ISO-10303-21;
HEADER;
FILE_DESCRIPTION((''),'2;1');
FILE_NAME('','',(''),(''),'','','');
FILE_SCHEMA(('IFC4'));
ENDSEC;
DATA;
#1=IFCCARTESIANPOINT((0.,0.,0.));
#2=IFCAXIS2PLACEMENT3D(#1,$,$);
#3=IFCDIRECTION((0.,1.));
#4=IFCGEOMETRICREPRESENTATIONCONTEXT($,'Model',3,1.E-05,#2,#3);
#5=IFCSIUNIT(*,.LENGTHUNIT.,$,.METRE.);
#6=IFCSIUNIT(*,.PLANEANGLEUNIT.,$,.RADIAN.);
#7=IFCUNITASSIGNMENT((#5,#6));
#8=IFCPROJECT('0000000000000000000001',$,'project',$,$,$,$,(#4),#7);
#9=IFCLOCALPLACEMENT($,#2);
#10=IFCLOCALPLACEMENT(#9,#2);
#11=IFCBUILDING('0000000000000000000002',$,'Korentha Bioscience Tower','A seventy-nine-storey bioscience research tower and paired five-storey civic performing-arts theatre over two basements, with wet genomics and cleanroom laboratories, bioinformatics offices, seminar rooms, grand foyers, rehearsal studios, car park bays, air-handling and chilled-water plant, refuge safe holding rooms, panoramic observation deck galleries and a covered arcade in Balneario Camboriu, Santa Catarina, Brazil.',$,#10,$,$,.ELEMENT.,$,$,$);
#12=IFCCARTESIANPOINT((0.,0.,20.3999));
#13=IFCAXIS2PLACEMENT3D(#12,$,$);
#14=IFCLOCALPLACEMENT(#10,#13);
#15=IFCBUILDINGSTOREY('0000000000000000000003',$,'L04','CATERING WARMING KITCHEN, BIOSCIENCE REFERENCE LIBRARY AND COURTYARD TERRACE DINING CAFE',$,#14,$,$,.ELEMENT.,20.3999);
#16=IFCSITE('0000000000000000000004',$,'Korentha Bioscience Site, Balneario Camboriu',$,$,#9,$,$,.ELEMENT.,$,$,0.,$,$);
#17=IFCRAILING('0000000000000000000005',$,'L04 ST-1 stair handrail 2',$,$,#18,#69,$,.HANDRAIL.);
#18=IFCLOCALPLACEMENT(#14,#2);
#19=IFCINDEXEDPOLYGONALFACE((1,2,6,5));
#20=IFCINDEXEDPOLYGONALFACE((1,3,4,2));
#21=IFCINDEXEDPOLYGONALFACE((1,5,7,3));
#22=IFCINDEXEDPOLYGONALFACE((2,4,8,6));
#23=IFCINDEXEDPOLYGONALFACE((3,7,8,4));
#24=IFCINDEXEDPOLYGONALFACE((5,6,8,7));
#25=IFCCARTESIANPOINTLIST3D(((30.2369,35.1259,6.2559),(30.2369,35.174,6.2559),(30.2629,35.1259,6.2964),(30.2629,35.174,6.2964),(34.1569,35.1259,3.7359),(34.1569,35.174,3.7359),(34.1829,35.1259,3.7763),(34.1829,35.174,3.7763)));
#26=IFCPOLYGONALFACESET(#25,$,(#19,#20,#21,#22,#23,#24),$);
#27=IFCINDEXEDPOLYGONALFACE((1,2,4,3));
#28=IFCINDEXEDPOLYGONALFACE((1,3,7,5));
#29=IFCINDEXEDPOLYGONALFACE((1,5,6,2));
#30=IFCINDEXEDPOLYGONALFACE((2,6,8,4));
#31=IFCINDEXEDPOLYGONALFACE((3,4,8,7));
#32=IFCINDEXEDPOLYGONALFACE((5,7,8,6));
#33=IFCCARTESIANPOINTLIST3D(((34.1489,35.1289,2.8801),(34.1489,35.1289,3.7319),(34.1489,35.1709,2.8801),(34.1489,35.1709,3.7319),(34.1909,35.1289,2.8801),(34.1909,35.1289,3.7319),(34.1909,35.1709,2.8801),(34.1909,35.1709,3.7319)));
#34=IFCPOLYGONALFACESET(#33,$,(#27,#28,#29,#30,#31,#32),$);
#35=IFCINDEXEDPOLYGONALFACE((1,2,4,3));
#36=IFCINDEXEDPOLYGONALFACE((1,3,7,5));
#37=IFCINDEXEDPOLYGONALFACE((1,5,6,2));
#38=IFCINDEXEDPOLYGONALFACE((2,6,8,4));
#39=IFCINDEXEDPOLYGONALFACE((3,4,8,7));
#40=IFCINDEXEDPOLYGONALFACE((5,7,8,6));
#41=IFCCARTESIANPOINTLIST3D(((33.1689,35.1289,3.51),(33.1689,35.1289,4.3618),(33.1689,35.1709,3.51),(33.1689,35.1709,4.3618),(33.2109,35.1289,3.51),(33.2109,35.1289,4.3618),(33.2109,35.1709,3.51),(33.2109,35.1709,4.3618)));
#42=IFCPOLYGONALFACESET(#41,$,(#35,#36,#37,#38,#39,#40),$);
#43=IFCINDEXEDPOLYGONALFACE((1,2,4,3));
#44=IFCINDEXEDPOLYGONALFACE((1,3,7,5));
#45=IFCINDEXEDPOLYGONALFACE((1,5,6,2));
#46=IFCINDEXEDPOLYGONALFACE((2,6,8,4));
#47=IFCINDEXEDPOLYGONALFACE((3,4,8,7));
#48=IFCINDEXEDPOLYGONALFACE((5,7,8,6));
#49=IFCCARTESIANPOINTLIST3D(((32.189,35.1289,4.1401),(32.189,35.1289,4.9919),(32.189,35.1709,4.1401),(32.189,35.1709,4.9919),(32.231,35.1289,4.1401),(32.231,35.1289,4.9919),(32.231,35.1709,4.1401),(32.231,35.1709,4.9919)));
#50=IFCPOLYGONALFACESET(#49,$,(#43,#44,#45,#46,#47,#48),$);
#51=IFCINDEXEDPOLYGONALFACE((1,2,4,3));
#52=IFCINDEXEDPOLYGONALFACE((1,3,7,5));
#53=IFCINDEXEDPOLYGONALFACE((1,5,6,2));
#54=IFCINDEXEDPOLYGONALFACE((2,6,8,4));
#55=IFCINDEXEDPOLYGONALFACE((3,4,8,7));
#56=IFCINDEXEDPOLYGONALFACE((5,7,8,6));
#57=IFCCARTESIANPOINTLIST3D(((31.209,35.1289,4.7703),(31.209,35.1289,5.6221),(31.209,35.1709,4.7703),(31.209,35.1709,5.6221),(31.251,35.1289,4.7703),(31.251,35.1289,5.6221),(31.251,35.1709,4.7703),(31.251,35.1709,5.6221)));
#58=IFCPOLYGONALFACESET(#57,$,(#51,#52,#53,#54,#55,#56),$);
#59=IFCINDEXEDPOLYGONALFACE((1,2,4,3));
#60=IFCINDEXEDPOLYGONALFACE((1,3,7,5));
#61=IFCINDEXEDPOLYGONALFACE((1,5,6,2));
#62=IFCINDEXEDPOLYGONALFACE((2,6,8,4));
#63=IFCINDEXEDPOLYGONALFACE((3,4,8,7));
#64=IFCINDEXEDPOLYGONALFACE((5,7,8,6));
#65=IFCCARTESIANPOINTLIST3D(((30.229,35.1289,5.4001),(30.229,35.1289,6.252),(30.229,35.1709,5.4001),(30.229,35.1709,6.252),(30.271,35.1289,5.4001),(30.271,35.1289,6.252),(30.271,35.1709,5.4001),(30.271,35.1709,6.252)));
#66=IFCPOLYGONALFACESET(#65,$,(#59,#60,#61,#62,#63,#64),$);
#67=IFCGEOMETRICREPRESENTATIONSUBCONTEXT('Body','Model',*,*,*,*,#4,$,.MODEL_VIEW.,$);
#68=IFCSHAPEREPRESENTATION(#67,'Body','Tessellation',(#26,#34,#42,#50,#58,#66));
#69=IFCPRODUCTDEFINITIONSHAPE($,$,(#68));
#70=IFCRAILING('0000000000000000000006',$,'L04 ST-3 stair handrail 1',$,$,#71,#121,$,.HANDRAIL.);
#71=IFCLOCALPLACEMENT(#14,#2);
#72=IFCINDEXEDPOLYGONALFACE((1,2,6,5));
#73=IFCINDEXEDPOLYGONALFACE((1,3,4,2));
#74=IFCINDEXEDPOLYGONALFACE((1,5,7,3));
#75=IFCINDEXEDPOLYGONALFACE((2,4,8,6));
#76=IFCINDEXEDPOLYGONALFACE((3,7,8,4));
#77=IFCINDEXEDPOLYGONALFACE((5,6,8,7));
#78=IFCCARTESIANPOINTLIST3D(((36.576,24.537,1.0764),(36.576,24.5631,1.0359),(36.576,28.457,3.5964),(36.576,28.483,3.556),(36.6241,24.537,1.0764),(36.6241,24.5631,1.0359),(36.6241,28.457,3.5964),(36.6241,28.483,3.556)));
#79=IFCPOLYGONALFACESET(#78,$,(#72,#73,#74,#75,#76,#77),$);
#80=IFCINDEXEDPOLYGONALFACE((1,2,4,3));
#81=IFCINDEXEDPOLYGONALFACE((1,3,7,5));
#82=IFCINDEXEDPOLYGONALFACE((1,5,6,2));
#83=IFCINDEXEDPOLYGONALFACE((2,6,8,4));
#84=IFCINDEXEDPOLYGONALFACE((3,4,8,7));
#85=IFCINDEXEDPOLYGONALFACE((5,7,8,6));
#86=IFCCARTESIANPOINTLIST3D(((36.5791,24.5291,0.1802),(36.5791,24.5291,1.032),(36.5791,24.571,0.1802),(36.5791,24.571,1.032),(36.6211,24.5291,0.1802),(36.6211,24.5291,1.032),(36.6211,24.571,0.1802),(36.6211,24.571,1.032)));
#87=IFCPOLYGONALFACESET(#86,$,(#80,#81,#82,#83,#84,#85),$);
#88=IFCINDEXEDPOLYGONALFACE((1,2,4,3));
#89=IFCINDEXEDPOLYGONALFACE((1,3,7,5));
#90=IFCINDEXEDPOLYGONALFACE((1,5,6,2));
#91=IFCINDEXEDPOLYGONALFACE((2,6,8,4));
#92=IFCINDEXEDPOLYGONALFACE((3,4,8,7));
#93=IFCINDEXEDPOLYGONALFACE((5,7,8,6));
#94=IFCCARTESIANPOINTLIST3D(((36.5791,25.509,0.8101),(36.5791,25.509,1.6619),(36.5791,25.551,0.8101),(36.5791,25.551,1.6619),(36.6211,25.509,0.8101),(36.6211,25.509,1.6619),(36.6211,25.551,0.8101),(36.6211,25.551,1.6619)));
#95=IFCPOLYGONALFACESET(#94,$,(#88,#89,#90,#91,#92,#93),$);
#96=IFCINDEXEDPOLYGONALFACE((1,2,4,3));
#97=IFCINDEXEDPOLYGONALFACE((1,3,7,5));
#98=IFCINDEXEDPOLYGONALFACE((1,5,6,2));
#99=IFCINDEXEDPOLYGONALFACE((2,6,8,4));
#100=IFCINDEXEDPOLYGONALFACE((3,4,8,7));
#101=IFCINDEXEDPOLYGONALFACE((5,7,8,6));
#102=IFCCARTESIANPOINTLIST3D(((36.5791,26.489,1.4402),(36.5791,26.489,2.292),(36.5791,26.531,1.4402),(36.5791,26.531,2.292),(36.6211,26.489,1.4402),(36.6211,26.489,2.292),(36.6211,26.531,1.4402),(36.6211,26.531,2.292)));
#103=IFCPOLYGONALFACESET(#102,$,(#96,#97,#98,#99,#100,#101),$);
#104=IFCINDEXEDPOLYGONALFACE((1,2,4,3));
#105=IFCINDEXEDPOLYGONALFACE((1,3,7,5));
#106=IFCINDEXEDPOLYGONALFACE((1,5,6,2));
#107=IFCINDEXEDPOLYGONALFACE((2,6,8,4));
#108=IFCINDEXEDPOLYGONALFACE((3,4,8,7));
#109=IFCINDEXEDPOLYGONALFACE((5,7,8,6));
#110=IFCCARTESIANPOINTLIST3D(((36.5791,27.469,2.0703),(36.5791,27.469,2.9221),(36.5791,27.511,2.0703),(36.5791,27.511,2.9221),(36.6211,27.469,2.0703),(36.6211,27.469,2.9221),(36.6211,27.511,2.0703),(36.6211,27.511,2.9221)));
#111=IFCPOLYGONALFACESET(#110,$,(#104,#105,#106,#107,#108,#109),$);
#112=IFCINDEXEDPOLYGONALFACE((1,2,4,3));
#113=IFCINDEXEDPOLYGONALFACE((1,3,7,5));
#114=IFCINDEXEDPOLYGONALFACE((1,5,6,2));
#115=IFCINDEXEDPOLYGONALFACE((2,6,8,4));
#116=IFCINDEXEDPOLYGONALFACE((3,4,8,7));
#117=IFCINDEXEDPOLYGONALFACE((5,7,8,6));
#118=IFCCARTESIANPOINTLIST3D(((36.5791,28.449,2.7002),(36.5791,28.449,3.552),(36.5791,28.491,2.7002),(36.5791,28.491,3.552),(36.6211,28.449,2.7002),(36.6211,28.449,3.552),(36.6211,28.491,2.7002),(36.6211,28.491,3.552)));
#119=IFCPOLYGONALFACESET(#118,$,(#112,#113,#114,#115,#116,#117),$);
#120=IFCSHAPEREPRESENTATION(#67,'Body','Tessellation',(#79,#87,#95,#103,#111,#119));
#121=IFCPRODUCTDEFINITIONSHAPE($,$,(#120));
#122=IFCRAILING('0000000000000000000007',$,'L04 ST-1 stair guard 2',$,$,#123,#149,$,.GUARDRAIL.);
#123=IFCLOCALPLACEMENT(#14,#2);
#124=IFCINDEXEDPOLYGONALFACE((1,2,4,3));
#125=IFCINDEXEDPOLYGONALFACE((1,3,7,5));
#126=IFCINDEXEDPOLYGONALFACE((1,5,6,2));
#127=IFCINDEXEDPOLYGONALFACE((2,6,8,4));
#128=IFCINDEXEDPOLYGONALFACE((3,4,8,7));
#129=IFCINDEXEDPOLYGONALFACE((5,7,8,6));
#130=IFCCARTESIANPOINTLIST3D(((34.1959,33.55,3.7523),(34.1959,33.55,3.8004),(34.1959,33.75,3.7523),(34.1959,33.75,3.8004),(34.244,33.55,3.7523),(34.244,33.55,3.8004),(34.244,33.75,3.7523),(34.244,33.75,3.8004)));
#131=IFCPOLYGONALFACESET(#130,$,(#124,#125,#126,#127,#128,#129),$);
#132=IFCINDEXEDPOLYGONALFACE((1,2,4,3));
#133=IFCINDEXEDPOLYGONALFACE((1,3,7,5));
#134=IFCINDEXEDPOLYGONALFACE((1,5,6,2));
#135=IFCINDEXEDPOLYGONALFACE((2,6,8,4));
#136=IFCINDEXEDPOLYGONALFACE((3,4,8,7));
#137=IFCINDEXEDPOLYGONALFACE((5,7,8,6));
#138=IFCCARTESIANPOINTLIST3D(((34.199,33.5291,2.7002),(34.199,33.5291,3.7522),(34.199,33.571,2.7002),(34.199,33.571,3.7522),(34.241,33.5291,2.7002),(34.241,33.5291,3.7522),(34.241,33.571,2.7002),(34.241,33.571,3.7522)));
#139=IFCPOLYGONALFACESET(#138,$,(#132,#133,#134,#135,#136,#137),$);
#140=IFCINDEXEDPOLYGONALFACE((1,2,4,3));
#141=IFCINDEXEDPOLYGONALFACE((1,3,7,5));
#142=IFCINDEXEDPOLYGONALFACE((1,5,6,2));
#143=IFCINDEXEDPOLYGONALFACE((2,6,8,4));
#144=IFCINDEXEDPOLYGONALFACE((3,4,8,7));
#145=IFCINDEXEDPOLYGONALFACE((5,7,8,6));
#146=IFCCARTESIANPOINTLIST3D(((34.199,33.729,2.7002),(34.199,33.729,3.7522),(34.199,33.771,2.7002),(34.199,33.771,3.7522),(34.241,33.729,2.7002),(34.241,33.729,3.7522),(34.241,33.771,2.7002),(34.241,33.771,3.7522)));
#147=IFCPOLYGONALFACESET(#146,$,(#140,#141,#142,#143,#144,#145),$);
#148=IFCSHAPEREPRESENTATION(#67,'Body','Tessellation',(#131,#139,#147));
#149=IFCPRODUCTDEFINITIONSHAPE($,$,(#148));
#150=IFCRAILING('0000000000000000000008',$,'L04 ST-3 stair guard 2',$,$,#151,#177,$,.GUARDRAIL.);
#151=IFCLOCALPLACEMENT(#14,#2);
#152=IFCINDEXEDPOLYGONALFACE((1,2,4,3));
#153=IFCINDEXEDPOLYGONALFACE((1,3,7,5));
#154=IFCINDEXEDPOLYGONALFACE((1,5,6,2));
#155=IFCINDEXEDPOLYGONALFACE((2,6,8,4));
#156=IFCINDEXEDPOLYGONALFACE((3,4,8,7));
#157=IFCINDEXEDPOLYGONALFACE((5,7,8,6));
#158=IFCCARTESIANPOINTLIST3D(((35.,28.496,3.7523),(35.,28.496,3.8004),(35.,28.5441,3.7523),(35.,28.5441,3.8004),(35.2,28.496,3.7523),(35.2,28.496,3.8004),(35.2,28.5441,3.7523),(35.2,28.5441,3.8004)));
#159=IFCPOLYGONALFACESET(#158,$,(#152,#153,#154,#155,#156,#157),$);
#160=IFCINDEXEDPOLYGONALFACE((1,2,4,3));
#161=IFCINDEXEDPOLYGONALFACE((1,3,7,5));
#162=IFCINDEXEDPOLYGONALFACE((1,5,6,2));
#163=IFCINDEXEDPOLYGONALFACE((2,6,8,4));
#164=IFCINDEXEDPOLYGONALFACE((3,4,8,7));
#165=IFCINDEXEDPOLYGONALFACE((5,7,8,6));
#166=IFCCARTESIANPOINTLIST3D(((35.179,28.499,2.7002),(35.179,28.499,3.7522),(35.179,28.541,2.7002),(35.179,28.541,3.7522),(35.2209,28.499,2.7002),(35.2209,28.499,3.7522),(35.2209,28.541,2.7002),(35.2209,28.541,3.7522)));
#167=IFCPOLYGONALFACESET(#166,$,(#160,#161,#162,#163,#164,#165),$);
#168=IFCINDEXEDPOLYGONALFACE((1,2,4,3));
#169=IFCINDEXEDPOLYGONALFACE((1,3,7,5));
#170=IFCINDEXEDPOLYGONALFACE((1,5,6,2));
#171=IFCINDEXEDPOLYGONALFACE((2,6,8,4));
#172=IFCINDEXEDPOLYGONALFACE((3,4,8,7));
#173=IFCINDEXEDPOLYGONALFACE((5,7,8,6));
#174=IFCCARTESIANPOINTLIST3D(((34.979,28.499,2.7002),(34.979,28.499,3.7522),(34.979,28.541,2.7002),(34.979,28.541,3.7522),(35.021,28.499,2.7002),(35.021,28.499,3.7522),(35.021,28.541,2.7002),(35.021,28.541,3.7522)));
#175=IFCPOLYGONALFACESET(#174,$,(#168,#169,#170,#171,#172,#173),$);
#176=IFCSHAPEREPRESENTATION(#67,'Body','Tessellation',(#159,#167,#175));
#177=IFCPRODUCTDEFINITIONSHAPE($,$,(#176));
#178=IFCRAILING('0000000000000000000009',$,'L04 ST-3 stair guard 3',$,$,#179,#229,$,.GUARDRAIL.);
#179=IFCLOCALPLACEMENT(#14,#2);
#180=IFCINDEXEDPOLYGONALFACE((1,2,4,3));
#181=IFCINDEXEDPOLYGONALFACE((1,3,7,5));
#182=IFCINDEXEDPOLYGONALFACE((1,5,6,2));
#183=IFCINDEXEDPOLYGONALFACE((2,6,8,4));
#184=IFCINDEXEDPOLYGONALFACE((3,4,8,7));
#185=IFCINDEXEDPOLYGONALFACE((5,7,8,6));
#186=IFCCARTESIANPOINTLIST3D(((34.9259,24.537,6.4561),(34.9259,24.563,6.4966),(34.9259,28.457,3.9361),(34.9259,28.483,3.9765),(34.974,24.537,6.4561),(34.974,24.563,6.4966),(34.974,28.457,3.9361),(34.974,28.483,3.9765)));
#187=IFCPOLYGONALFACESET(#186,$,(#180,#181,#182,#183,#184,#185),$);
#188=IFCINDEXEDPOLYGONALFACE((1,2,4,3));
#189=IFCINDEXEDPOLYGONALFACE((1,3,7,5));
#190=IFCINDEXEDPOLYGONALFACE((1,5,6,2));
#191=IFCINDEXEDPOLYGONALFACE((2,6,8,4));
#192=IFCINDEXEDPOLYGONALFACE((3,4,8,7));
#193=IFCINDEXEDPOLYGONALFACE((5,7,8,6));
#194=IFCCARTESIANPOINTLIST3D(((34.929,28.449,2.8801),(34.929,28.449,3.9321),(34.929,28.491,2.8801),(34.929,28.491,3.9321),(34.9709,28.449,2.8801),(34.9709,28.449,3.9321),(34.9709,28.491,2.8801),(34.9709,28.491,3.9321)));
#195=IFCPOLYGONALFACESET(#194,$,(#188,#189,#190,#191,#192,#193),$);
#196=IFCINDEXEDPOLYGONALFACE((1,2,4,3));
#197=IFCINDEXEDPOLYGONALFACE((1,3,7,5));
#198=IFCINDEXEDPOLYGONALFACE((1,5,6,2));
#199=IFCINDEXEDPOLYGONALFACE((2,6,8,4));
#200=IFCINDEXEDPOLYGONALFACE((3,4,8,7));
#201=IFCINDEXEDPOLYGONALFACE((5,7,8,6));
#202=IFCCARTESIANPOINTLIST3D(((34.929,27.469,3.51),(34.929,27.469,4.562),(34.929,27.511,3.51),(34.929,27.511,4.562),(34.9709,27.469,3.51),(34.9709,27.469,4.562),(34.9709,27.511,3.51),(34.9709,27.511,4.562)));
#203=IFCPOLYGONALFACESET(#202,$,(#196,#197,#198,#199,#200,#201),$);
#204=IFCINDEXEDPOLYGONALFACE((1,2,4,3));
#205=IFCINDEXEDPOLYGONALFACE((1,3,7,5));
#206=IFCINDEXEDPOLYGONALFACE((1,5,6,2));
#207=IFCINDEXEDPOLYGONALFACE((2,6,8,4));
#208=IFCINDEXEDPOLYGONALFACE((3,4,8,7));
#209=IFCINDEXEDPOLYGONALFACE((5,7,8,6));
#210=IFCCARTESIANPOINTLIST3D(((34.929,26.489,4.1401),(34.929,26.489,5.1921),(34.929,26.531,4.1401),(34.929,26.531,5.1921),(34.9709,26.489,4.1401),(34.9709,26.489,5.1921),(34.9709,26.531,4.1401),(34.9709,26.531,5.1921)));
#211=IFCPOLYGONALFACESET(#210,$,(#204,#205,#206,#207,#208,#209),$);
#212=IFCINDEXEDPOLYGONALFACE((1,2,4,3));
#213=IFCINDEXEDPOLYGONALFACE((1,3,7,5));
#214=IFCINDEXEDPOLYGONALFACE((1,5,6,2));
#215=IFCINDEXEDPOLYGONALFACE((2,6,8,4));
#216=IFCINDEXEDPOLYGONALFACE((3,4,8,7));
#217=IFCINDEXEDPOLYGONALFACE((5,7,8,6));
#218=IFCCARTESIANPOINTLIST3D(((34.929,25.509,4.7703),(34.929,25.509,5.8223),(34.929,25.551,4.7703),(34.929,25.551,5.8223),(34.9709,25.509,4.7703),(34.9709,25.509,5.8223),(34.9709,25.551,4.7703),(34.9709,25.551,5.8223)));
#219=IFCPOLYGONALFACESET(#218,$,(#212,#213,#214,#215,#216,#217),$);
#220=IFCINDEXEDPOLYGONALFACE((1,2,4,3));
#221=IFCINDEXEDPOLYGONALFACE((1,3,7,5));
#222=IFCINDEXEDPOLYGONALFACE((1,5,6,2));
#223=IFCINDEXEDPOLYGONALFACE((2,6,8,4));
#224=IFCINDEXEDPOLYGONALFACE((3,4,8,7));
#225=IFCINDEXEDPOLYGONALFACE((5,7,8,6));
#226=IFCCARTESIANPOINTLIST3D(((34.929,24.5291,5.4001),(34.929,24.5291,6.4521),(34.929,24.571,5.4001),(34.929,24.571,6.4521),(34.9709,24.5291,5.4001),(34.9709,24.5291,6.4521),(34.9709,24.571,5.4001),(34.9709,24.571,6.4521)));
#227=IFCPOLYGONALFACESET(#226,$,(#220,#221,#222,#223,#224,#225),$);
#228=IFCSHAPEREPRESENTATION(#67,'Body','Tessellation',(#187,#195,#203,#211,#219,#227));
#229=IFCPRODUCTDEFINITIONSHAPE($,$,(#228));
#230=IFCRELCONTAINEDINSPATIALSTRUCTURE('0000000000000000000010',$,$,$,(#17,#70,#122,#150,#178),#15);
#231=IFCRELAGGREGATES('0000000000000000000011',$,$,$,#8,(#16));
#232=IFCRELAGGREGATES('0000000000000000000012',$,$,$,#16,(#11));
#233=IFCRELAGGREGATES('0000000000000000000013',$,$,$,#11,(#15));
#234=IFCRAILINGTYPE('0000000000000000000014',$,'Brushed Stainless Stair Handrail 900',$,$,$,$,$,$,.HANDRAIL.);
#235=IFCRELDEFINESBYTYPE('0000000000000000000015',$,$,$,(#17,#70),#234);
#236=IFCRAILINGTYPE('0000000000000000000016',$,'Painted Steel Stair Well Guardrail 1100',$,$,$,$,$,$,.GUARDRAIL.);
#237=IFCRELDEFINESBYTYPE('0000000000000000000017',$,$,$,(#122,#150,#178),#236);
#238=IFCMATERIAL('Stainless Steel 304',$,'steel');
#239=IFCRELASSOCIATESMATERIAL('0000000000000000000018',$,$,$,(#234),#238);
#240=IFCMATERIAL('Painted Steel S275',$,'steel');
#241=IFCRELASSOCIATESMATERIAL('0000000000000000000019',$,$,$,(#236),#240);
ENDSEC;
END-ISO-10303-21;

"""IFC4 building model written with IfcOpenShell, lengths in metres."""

from ifc_helpers import new_model, si_unit, direction, frame, origin, origin_2d, place, context, subcontext, project, spatial, rectangle, extrude, material, type_object, element, save


model = new_model("IFC4")

# Units and contexts
model_context = context("Model", 3, precision=1e-05, world=origin(), true_north=direction((0.0, 1.0)))
body_context = subcontext(model_context, "Body", "Model", "MODEL_VIEW")
ifc_project = project(units=[si_unit("LENGTHUNIT", "METRE"), si_unit("PLANEANGLEUNIT", "RADIAN")], contexts=[model_context])

# Site, building, storey
site_placement = place(None, origin())
site = spatial("IfcSite", under=ifc_project, at=site_placement, Name="Korentha Bioscience Site, Balneario Camboriu", CompositionType="ELEMENT", RefElevation=0.0)
building_placement = place(site_placement, origin())
building = spatial("IfcBuilding", under=site, at=building_placement, Name="Korentha Bioscience Tower", Description="A seventy-nine-storey bioscience research tower and paired five-storey civic performing-arts theatre over two basements, with wet genomics and cleanroom laboratories, bioinformatics offices, seminar rooms, grand foyers, rehearsal studios, car park bays, air-handling and chilled-water plant, refuge safe holding rooms, panoramic observation deck galleries and a covered arcade in Balneario Camboriu, Santa Catarina, Brazil.", CompositionType="ELEMENT")
storey_placement = place(building_placement, frame((0.0, 0.0, 20.3999)))
storey = spatial("IfcBuildingStorey", under=building, at=storey_placement, Name="L04", Description="CATERING WARMING KITCHEN, BIOSCIENCE REFERENCE LIBRARY AND COURTYARD TERRACE DINING CAFE", CompositionType="ELEMENT", Elevation=20.3999)

# Railings
ifc_material_1 = material(Name="Stainless Steel 304", Category="steel")
railing_type_1 = type_object("IfcRailingType", Name="Brushed Stainless Stair Handrail 900", PredefinedType="HANDRAIL", material=ifc_material_1)
railing_1_placement = place(storey_placement, frame((34.1699, 35.1499, 2.8801)))
element("IfcRailing", 1, at=railing_1_placement, inside=storey, type_object=railing_type_1, Name="L04 ST-1 stair handrail 2", PredefinedType="HANDRAIL", context=body_context, shape_type="SweptSolid", body=[
    extrude(rectangle(XDim=0.0481, YDim=0.0481, at=origin_2d()), frame((0.0, 0.0, 0.876), z_axis=(-0.841172, 0.0, 0.540768), x_axis=(0.0, -1.0, 0.0)), (0.0, 0.0, 1.0), 4.6602),
    extrude(rectangle(XDim=0.042, YDim=0.042, at=origin_2d()), origin(), (0.0, 0.0, 1.0), 0.8518),
    extrude(rectangle(XDim=0.042, YDim=0.042, at=origin_2d()), frame((-0.98, 0.0, 0.6299)), (0.0, 0.0, 1.0), 0.8518),
    extrude(rectangle(XDim=0.042, YDim=0.042, at=origin_2d()), frame((-1.96, 0.0, 1.26)), (0.0, 0.0, 1.0), 0.8518),
    extrude(rectangle(XDim=0.042, YDim=0.042, at=origin_2d()), frame((-2.9399, 0.0, 1.8901)), (0.0, 0.0, 1.0), 0.8518),
    extrude(rectangle(XDim=0.042, YDim=0.042, at=origin_2d()), frame((-3.9199, 0.0, 2.52)), (0.0, 0.0, 1.0), 0.8518),
])
railing_2_placement = place(storey_placement, frame((36.6001, 24.55, 0.1802)))
element("IfcRailing", 2, at=railing_2_placement, inside=storey, type_object=railing_type_1, Name="L04 ST-3 stair handrail 1", PredefinedType="HANDRAIL", context=body_context, shape_type="SweptSolid", body=[
    extrude(rectangle(XDim=0.0481, YDim=0.0481, at=origin_2d()), frame((0.0, 0.0, 0.876), z_axis=(0.0, 0.841172, 0.540768), x_axis=(-1.0, 0.0, 0.0)), (0.0, 0.0, 1.0), 4.6602),
    extrude(rectangle(XDim=0.042, YDim=0.042, at=origin_2d()), origin(), (0.0, 0.0, 1.0), 0.8518),
    extrude(rectangle(XDim=0.042, YDim=0.042, at=origin_2d()), frame((0.0, 0.98, 0.6299)), (0.0, 0.0, 1.0), 0.8518),
    extrude(rectangle(XDim=0.042, YDim=0.042, at=origin_2d()), frame((0.0, 1.96, 1.26)), (0.0, 0.0, 1.0), 0.8518),
    extrude(rectangle(XDim=0.042, YDim=0.042, at=origin_2d()), frame((0.0, 2.9399, 1.8901)), (0.0, 0.0, 1.0), 0.8518),
    extrude(rectangle(XDim=0.042, YDim=0.042, at=origin_2d()), frame((0.0, 3.9199, 2.52)), (0.0, 0.0, 1.0), 0.8518),
])
ifc_material_2 = material(Name="Painted Steel S275", Category="steel")
railing_type_2 = type_object("IfcRailingType", Name="Painted Steel Stair Well Guardrail 1100", PredefinedType="GUARDRAIL", material=ifc_material_2)
railing_3_placement = place(storey_placement, frame((34.22, 33.55, 2.7002)))
element("IfcRailing", 3, at=railing_3_placement, inside=storey, type_object=railing_type_2, Name="L04 ST-1 stair guard 2", PredefinedType="GUARDRAIL", context=body_context, shape_type="SweptSolid", body=[
    extrude(rectangle(XDim=0.0481, YDim=0.0481, at=origin_2d()), frame((0.0, 0.0, 1.0762), z_axis=(0.0, 1.0, 0.0), x_axis=(-1.0, 0.0, 0.0)), (0.0, 0.0, 1.0), 0.2),
    extrude(rectangle(XDim=0.042, YDim=0.042, at=origin_2d()), origin(), (0.0, 0.0, 1.0), 1.052),
    extrude(rectangle(XDim=0.042, YDim=0.042, at=origin_2d()), frame((0.0, 0.2, 0.0)), (0.0, 0.0, 1.0), 1.052),
])
railing_4_placement = place(storey_placement, frame((35.2, 28.52, 2.7002)))
element("IfcRailing", 4, at=railing_4_placement, inside=storey, type_object=railing_type_2, Name="L04 ST-3 stair guard 2", PredefinedType="GUARDRAIL", context=body_context, shape_type="SweptSolid", body=[
    extrude(rectangle(XDim=0.0481, YDim=0.0481, at=origin_2d()), frame((0.0, 0.0, 1.0762), z_axis=(-1.0, 0.0, 0.0), x_axis=(0.0, -1.0, 0.0)), (0.0, 0.0, 1.0), 0.2),
    extrude(rectangle(XDim=0.042, YDim=0.042, at=origin_2d()), origin(), (0.0, 0.0, 1.0), 1.052),
    extrude(rectangle(XDim=0.042, YDim=0.042, at=origin_2d()), frame((-0.2, 0.0, 0.0)), (0.0, 0.0, 1.0), 1.052),
])
railing_5_placement = place(storey_placement, frame((34.95, 28.47, 2.8801)))
element("IfcRailing", 5, at=railing_5_placement, inside=storey, type_object=railing_type_2, Name="L04 ST-3 stair guard 3", PredefinedType="GUARDRAIL", context=body_context, shape_type="SweptSolid", body=[
    extrude(rectangle(XDim=0.0481, YDim=0.0481, at=origin_2d()), frame((0.0, 0.0, 1.0762), z_axis=(0.0, -0.841172, 0.540768), x_axis=(1.0, 0.0, 0.0)), (0.0, 0.0, 1.0), 4.6602),
    extrude(rectangle(XDim=0.042, YDim=0.042, at=origin_2d()), origin(), (0.0, 0.0, 1.0), 1.052),
    extrude(rectangle(XDim=0.042, YDim=0.042, at=origin_2d()), frame((0.0, -0.98, 0.6299)), (0.0, 0.0, 1.0), 1.052),
    extrude(rectangle(XDim=0.042, YDim=0.042, at=origin_2d()), frame((0.0, -1.96, 1.26)), (0.0, 0.0, 1.0), 1.052),
    extrude(rectangle(XDim=0.042, YDim=0.042, at=origin_2d()), frame((0.0, -2.9399, 1.8901)), (0.0, 0.0, 1.0), 1.052),
    extrude(rectangle(XDim=0.042, YDim=0.042, at=origin_2d()), frame((0.0, -3.9199, 2.52)), (0.0, 0.0, 1.0), 1.052),
])

save(model, "model.ifc")
